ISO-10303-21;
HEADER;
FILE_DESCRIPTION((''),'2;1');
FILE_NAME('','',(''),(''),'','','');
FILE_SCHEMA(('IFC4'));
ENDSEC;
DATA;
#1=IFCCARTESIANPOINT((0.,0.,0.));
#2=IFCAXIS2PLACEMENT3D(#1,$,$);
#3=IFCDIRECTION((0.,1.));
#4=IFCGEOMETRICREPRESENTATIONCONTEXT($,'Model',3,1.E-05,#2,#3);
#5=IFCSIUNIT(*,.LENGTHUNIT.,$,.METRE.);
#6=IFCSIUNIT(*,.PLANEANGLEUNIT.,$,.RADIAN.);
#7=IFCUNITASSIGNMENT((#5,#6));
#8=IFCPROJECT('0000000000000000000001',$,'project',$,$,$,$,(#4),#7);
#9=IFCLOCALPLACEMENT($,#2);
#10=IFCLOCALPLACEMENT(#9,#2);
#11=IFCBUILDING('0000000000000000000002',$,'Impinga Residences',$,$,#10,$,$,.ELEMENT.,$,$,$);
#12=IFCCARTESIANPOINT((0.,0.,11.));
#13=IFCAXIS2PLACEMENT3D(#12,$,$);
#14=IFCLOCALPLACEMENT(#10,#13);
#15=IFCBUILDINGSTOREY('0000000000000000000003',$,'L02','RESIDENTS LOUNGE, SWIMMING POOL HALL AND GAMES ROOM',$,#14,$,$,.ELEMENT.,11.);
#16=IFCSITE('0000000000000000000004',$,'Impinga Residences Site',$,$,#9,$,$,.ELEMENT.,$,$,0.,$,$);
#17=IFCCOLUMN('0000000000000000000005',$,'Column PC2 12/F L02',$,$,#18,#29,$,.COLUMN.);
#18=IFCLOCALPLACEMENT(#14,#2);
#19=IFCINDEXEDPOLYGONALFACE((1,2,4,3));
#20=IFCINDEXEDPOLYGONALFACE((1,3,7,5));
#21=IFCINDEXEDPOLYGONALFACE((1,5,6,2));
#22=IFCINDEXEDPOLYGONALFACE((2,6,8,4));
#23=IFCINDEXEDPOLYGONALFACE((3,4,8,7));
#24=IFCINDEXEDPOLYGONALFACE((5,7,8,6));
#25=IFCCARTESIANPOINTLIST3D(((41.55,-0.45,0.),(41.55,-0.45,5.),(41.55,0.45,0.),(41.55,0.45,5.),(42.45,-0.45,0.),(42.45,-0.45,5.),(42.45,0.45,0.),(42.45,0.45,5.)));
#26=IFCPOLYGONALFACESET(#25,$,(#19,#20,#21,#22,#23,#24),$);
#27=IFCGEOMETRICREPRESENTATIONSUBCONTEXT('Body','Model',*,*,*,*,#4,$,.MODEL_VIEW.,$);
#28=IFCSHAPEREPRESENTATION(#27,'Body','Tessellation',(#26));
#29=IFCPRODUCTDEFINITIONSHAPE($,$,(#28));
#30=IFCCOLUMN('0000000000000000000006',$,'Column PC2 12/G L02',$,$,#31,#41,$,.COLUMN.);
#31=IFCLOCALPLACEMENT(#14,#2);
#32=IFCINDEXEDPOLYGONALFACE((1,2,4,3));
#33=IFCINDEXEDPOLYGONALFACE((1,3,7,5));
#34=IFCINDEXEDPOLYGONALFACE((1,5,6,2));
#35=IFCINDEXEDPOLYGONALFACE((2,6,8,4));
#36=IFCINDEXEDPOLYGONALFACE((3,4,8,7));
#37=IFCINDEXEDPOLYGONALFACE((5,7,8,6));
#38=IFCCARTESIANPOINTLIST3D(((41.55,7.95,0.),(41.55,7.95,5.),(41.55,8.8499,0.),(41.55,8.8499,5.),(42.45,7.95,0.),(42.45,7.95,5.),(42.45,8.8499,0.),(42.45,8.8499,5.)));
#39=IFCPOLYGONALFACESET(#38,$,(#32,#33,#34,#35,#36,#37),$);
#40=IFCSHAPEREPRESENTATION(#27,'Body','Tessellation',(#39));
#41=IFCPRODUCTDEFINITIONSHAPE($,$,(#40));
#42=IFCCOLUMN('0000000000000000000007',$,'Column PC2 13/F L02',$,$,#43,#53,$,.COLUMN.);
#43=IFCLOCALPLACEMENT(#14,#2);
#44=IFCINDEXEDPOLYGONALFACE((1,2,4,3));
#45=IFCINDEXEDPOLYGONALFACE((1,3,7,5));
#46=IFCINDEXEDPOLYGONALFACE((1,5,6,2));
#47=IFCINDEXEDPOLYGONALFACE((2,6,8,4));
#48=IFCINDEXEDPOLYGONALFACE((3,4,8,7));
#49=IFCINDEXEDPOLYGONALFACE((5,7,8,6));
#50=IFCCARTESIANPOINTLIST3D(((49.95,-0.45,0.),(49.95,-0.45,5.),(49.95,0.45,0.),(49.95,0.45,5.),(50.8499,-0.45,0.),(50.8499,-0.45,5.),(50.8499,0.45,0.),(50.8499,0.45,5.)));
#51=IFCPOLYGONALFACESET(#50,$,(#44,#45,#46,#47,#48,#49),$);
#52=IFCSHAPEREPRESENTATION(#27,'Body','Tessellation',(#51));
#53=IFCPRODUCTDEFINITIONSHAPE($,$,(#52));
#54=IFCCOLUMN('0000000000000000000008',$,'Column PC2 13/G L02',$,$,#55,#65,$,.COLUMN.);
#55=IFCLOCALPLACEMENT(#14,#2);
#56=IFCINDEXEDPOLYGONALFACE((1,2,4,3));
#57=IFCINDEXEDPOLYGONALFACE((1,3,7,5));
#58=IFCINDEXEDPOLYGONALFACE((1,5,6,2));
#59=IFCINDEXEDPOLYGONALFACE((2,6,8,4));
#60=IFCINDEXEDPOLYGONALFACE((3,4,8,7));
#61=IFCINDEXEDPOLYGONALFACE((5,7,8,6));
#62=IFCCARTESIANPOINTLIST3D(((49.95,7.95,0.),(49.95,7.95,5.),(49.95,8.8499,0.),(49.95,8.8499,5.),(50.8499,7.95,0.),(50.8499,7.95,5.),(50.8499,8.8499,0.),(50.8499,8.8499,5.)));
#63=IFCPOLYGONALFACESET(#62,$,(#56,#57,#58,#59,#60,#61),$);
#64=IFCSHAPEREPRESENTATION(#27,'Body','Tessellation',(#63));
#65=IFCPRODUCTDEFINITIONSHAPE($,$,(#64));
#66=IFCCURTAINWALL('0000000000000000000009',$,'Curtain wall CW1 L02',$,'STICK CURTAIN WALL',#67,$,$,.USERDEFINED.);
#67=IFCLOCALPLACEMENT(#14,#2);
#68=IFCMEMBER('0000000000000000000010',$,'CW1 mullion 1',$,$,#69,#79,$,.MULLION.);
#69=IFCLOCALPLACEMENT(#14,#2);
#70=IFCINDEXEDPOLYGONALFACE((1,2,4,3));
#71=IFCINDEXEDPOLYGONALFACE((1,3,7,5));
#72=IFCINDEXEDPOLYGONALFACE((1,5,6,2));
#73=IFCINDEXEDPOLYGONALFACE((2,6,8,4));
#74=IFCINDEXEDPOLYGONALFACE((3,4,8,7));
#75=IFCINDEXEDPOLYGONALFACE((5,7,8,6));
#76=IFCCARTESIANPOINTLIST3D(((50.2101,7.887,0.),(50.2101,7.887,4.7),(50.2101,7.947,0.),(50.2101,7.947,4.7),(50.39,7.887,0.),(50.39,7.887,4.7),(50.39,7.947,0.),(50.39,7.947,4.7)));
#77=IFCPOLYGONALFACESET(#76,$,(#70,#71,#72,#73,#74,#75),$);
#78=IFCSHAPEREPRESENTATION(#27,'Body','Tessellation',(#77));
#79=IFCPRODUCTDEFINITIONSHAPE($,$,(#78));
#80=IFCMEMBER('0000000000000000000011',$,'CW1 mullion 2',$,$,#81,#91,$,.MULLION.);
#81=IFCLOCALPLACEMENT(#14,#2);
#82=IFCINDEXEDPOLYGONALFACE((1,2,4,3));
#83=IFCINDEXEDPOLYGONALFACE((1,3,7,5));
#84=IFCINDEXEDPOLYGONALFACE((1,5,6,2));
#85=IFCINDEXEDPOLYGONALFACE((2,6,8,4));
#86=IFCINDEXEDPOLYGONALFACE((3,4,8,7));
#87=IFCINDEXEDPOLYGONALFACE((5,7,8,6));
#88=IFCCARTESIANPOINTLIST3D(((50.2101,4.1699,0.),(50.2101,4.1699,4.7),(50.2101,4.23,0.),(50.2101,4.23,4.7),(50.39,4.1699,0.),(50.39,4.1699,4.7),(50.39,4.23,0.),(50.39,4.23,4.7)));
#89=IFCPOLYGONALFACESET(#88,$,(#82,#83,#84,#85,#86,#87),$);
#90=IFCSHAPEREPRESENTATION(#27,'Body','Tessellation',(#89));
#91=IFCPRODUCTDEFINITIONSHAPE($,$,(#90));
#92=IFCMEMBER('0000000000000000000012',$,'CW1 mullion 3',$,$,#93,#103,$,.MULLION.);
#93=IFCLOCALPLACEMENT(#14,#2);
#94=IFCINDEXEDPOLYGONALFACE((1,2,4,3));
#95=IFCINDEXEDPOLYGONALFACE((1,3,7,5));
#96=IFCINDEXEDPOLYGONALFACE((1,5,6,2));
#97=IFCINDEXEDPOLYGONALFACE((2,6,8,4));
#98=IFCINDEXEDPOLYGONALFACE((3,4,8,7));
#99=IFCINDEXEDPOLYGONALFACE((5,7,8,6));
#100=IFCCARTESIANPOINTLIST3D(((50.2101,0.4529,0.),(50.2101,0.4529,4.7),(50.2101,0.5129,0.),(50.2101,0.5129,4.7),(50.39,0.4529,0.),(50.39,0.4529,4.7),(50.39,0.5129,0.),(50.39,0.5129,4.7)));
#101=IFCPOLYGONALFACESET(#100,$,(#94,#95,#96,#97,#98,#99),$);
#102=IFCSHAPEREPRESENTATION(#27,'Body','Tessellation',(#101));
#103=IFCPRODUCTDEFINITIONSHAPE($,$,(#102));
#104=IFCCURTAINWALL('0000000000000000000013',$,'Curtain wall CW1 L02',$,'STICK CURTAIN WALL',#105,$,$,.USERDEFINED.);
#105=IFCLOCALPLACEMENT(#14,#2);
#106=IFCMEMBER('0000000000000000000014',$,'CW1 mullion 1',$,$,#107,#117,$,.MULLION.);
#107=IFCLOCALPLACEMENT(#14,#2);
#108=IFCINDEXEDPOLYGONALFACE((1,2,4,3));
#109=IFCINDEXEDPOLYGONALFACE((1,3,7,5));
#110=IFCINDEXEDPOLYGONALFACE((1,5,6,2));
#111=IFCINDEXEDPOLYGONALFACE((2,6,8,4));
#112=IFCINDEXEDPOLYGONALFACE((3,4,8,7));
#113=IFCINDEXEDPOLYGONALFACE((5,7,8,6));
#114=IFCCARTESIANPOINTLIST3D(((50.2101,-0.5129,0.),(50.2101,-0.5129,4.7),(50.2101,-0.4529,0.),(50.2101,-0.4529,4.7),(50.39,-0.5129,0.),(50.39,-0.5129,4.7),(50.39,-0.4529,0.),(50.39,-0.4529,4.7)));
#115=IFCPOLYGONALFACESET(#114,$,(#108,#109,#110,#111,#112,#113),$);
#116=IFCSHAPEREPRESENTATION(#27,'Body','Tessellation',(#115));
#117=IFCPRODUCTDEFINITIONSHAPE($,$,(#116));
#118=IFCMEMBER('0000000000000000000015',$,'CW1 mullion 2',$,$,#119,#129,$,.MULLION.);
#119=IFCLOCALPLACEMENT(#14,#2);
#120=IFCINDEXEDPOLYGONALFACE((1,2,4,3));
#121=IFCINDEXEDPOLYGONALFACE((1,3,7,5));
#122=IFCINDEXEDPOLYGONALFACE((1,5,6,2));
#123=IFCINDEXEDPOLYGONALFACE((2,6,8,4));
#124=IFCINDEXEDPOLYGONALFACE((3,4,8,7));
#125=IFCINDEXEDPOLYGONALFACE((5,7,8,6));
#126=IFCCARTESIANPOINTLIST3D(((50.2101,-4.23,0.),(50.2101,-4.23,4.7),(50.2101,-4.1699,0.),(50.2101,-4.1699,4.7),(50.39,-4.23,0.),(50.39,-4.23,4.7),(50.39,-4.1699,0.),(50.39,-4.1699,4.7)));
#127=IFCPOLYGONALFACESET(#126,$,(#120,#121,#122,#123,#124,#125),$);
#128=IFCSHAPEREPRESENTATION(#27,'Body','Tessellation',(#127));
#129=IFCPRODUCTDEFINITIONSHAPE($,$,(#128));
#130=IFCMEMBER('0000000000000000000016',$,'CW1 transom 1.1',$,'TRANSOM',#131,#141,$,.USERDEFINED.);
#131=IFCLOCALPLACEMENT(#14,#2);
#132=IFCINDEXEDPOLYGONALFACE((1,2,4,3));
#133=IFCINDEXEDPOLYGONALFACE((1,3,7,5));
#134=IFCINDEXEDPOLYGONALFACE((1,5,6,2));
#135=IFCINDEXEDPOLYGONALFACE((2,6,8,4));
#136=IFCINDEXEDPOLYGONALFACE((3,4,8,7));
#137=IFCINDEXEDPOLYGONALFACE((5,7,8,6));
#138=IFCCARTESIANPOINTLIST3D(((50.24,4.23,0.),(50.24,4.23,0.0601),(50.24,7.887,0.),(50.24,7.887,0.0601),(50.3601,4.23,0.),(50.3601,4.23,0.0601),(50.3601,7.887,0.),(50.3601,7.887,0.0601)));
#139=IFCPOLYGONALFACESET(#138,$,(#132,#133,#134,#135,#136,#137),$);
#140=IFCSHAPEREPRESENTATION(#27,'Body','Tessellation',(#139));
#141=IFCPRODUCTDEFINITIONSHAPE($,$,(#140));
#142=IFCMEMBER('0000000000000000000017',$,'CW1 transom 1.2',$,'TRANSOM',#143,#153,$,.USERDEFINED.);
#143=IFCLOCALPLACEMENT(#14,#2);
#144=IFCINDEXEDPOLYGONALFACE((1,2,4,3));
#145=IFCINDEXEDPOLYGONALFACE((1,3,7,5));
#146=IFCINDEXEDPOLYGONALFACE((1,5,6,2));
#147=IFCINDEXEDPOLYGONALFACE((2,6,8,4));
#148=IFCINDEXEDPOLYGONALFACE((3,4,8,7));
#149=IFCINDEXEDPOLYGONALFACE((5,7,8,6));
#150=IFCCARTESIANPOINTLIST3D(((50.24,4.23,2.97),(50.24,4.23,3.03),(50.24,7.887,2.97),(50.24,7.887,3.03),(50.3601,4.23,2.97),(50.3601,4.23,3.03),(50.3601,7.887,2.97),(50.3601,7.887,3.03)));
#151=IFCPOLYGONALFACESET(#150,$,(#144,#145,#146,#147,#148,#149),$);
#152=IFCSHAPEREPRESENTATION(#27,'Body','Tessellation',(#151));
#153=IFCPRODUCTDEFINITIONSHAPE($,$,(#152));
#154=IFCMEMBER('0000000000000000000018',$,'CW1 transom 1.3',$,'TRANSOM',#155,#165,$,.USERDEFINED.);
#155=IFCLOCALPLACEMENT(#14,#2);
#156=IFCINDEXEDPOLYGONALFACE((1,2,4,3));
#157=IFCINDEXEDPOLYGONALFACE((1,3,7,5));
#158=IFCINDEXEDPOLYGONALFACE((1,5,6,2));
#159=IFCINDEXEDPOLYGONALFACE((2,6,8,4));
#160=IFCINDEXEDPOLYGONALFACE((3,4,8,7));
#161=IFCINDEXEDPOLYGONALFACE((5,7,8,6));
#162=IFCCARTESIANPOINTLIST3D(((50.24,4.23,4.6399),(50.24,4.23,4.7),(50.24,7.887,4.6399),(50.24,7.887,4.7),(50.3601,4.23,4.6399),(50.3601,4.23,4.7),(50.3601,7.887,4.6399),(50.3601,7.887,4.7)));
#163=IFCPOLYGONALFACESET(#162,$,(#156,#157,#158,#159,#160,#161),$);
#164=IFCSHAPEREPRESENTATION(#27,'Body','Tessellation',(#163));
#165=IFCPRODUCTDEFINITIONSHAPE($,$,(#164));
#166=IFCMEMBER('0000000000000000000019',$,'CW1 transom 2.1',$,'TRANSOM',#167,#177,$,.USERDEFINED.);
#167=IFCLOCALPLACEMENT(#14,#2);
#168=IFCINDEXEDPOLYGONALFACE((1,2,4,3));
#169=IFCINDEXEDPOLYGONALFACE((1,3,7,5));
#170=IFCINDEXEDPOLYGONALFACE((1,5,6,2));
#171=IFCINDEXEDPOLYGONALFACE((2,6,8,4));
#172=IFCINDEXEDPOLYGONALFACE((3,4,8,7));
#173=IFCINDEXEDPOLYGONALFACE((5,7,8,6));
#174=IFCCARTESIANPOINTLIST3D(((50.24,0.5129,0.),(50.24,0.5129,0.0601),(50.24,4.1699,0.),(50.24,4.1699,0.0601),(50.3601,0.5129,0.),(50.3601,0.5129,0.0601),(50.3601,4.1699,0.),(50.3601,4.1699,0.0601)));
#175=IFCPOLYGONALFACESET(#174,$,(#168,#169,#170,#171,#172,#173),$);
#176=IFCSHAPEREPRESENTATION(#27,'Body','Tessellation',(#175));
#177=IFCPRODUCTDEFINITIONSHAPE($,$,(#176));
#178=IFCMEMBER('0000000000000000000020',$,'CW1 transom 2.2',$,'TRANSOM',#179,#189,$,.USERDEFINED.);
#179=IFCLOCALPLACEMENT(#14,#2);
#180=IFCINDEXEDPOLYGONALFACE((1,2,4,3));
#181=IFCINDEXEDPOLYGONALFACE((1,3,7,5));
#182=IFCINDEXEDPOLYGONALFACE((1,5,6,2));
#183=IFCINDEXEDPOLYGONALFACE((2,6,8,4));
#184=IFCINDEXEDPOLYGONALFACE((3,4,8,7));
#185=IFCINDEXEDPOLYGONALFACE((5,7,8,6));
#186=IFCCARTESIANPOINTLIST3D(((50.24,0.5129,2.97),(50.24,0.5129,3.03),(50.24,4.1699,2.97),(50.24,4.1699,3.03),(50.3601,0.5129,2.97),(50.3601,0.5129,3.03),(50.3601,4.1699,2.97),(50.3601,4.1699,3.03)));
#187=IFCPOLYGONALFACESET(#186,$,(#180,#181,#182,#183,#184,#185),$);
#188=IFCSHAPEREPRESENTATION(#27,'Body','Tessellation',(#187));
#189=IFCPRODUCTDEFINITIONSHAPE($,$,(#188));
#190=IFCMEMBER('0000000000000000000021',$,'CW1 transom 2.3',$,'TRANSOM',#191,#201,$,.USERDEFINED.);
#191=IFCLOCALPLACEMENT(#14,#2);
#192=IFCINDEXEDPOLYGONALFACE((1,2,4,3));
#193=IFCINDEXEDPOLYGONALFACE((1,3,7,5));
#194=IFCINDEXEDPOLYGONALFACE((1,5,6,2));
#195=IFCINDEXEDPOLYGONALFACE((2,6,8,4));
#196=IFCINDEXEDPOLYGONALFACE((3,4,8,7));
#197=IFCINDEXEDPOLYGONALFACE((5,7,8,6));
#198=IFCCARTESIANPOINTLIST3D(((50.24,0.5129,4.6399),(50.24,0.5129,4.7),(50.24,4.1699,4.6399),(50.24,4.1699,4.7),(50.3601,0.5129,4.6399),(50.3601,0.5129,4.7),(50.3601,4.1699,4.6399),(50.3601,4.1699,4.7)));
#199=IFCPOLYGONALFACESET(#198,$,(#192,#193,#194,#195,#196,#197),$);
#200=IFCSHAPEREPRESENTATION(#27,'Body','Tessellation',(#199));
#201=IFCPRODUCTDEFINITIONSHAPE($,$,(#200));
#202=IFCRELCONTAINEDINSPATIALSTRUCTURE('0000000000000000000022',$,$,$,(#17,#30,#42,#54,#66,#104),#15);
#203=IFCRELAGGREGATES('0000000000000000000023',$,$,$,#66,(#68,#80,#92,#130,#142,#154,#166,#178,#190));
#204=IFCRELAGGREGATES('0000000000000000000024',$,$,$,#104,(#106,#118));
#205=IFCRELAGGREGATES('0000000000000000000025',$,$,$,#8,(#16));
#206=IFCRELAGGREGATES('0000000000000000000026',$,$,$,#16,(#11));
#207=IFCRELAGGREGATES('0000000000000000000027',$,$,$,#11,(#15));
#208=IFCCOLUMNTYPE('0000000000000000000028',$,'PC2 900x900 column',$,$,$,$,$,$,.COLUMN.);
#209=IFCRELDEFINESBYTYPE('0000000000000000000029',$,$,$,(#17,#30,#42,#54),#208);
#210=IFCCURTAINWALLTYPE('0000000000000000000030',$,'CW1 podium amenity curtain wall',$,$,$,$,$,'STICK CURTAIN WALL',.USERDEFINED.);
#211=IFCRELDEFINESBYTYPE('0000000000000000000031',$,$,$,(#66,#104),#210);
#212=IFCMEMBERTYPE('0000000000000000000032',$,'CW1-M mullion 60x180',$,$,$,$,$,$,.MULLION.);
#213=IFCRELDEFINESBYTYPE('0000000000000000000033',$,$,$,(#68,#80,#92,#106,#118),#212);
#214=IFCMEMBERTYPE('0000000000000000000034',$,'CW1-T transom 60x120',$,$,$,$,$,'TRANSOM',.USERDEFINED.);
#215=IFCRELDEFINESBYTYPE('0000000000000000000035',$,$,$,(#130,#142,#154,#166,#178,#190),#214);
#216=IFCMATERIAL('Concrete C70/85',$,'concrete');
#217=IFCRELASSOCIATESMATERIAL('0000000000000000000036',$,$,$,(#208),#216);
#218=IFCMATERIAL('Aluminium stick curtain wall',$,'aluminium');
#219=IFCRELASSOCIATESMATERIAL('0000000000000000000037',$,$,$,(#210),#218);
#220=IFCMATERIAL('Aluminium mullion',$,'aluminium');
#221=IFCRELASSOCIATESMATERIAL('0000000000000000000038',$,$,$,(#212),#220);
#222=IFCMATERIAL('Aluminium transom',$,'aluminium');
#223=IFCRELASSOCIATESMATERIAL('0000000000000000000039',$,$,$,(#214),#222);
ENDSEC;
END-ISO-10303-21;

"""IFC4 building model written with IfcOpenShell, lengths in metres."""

from ifc_helpers import new_model, si_unit, direction, frame, origin, origin_2d, place, context, subcontext, project, spatial, rectangle, extrude, material, material_profile, profile_set, type_object, element, aggregate, save


model = new_model("IFC4")

# Units and contexts
model_context = context("Model", 3, precision=1e-05, world=origin(), true_north=direction((0.0, 1.0)))
body_context = subcontext(model_context, "Body", "Model", "MODEL_VIEW")
ifc_project = project(units=[si_unit("LENGTHUNIT", "METRE"), si_unit("PLANEANGLEUNIT", "RADIAN")], contexts=[model_context])

# Site, building, storey
site_placement = place(None, origin())
site = spatial("IfcSite", under=ifc_project, at=site_placement, Name="Impinga Residences Site", CompositionType="ELEMENT", RefElevation=0.0)
building_placement = place(site_placement, origin())
building = spatial("IfcBuilding", under=site, at=building_placement, Name="Impinga Residences", CompositionType="ELEMENT")
storey_placement = place(building_placement, frame((0.0, 0.0, 11.0)))
storey = spatial("IfcBuildingStorey", under=building, at=storey_placement, Name="L02", Description="RESIDENTS LOUNGE, SWIMMING POOL HALL AND GAMES ROOM", CompositionType="ELEMENT", Elevation=11.0)

# Columns
ifc_material_1 = material(Name="Concrete C70/85", Category="concrete")
ifc_material_profile_1 = material_profile(ifc_material_1, rectangle(XDim=0.8999, YDim=0.8999, at=origin_2d()), Name="RC 900x900")
ifc_profile_set_1 = profile_set([ifc_material_profile_1], Name="Concrete C70/85")
column_type = type_object("IfcColumnType", Name="PC2 900x900 column", PredefinedType="COLUMN", material=ifc_profile_set_1)
for number, where, z_axis, x_axis, name in (
    (1, (42.0, 0.0, 0.0), (0.0, 0.0, 1.0), (1.0, 0.0, 0.0), "Column PC2 12/F L02"),
    (2, (42.0, 8.3999, 0.0), (0.0, 0.0, 1.0), (1.0, 0.0, 0.0), "Column PC2 12/G L02"),
    (3, (50.3999, 0.0, 0.0), (0.0, 0.0, 1.0), (1.0, 0.0, 0.0), "Column PC2 13/F L02"),
    (4, (50.3999, 8.3999, 0.0), (0.0, 0.0, 1.0), (1.0, 0.0, 0.0), "Column PC2 13/G L02"),
):
    element("IfcColumn", number, at=place(storey_placement, frame(where, z_axis=z_axis, x_axis=x_axis)), inside=storey, type_object=column_type, Name=name, PredefinedType="COLUMN", context=body_context, shape_type="SweptSolid", body=[
        extrude(rectangle(XDim=0.8999, YDim=0.8999, at=origin_2d()), origin(), (0.0, 0.0, 1.0), 5.0),
    ])

# Curtain walls, members
ifc_material_2 = material(Name="Aluminium stick curtain wall", Category="aluminium")
curtain_wall_type = type_object("IfcCurtainWallType", Name="CW1 podium amenity curtain wall", ElementType="STICK CURTAIN WALL", PredefinedType="USERDEFINED", material=ifc_material_2)
curtain_wall_1_placement = place(storey_placement, origin())
curtain_wall_1 = element("IfcCurtainWall", 5, at=curtain_wall_1_placement, inside=storey, type_object=curtain_wall_type, Name="Curtain wall CW1 L02", ObjectType="STICK CURTAIN WALL", PredefinedType="USERDEFINED")
ifc_material_3 = material(Name="Aluminium mullion", Category="aluminium")
ifc_material_profile_2 = material_profile(ifc_material_3, rectangle(XDim=0.0601, YDim=0.1799, at=origin_2d()), Name="60x180 mullion")
ifc_profile_set_2 = profile_set([ifc_material_profile_2], Name="Aluminium mullion")
member_type_1 = type_object("IfcMemberType", Name="CW1-M mullion 60x180", PredefinedType="MULLION", material=ifc_profile_set_2)
member_1_placement = place(storey_placement, frame((50.3, 7.917, 0.0), z_axis=(0.0, 0.0, 1.0), x_axis=(0.0, -1.0, 0.0)))
member_1 = element("IfcMember", 6, at=member_1_placement, type_object=member_type_1, Name="CW1 mullion 1", PredefinedType="MULLION", context=body_context, shape_type="SweptSolid", body=[
    extrude(rectangle(XDim=0.0601, YDim=0.1799, at=origin_2d()), origin(), (0.0, 0.0, 1.0), 4.7),
])
member_2_placement = place(storey_placement, frame((50.3, 4.2, 0.0), z_axis=(0.0, 0.0, 1.0), x_axis=(0.0, -1.0, 0.0)))
member_2 = element("IfcMember", 7, at=member_2_placement, type_object=member_type_1, Name="CW1 mullion 2", PredefinedType="MULLION", context=body_context, shape_type="SweptSolid", body=[
    extrude(rectangle(XDim=0.0601, YDim=0.1799, at=origin_2d()), origin(), (0.0, 0.0, 1.0), 4.7),
])
member_3_placement = place(storey_placement, frame((50.3, 0.4829, 0.0), z_axis=(0.0, 0.0, 1.0), x_axis=(0.0, -1.0, 0.0)))
member_3 = element("IfcMember", 8, at=member_3_placement, type_object=member_type_1, Name="CW1 mullion 3", PredefinedType="MULLION", context=body_context, shape_type="SweptSolid", body=[
    extrude(rectangle(XDim=0.0601, YDim=0.1799, at=origin_2d()), origin(), (0.0, 0.0, 1.0), 4.7),
])
curtain_wall_2_placement = place(storey_placement, origin())
curtain_wall_2 = element("IfcCurtainWall", 9, at=curtain_wall_2_placement, inside=storey, type_object=curtain_wall_type, Name="Curtain wall CW1 L02", ObjectType="STICK CURTAIN WALL", PredefinedType="USERDEFINED")
member_4_placement = place(storey_placement, frame((50.3, -0.4829, 0.0), z_axis=(0.0, 0.0, 1.0), x_axis=(0.0, -1.0, 0.0)))
member_4 = element("IfcMember", 10, at=member_4_placement, type_object=member_type_1, Name="CW1 mullion 1", PredefinedType="MULLION", context=body_context, shape_type="SweptSolid", body=[
    extrude(rectangle(XDim=0.0601, YDim=0.1799, at=origin_2d()), origin(), (0.0, 0.0, 1.0), 4.7),
])
member_5_placement = place(storey_placement, frame((50.3, -4.2, 0.0), z_axis=(0.0, 0.0, 1.0), x_axis=(0.0, -1.0, 0.0)))
member_5 = element("IfcMember", 11, at=member_5_placement, type_object=member_type_1, Name="CW1 mullion 2", PredefinedType="MULLION", context=body_context, shape_type="SweptSolid", body=[
    extrude(rectangle(XDim=0.0601, YDim=0.1799, at=origin_2d()), origin(), (0.0, 0.0, 1.0), 4.7),
])

# Members
ifc_material_4 = material(Name="Aluminium transom", Category="aluminium")
ifc_material_profile_3 = material_profile(ifc_material_4, rectangle(XDim=0.0601, YDim=0.1201, at=origin_2d()), Name="60x120 transom")
ifc_profile_set_3 = profile_set([ifc_material_profile_3], Name="Aluminium transom")
member_type_2 = type_object("IfcMemberType", Name="CW1-T transom 60x120", ElementType="TRANSOM", PredefinedType="USERDEFINED", material=ifc_profile_set_3)
member_6_placement = place(storey_placement, frame((50.3, 7.887, 0.03), z_axis=(0.0, -1.0, 0.0), x_axis=(0.0, 0.0, 1.0)))
member_6 = element("IfcMember", 12, at=member_6_placement, type_object=member_type_2, Name="CW1 transom 1.1", ObjectType="TRANSOM", PredefinedType="USERDEFINED", context=body_context, shape_type="SweptSolid", body=[
    extrude(rectangle(XDim=0.0601, YDim=0.1201, at=origin_2d()), origin(), (0.0, 0.0, 1.0), 3.657),
])
member_7_placement = place(storey_placement, frame((50.3, 7.887, 3.0), z_axis=(0.0, -1.0, 0.0), x_axis=(0.0, 0.0, 1.0)))
member_7 = element("IfcMember", 13, at=member_7_placement, type_object=member_type_2, Name="CW1 transom 1.2", ObjectType="TRANSOM", PredefinedType="USERDEFINED", context=body_context, shape_type="SweptSolid", body=[
    extrude(rectangle(XDim=0.0601, YDim=0.1201, at=origin_2d()), origin(), (0.0, 0.0, 1.0), 3.657),
])
member_8_placement = place(storey_placement, frame((50.3, 7.887, 4.6699), z_axis=(0.0, -1.0, 0.0), x_axis=(0.0, 0.0, 1.0)))
member_8 = element("IfcMember", 14, at=member_8_placement, type_object=member_type_2, Name="CW1 transom 1.3", ObjectType="TRANSOM", PredefinedType="USERDEFINED", context=body_context, shape_type="SweptSolid", body=[
    extrude(rectangle(XDim=0.0601, YDim=0.1201, at=origin_2d()), origin(), (0.0, 0.0, 1.0), 3.657),
])
member_9_placement = place(storey_placement, frame((50.3, 4.1699, 0.03), z_axis=(0.0, -1.0, 0.0), x_axis=(0.0, 0.0, 1.0)))
member_9 = element("IfcMember", 15, at=member_9_placement, type_object=member_type_2, Name="CW1 transom 2.1", ObjectType="TRANSOM", PredefinedType="USERDEFINED", context=body_context, shape_type="SweptSolid", body=[
    extrude(rectangle(XDim=0.0601, YDim=0.1201, at=origin_2d()), origin(), (0.0, 0.0, 1.0), 3.657),
])
member_10_placement = place(storey_placement, frame((50.3, 4.1699, 3.0), z_axis=(0.0, -1.0, 0.0), x_axis=(0.0, 0.0, 1.0)))
member_10 = element("IfcMember", 16, at=member_10_placement, type_object=member_type_2, Name="CW1 transom 2.2", ObjectType="TRANSOM", PredefinedType="USERDEFINED", context=body_context, shape_type="SweptSolid", body=[
    extrude(rectangle(XDim=0.0601, YDim=0.1201, at=origin_2d()), origin(), (0.0, 0.0, 1.0), 3.657),
])
member_11_placement = place(storey_placement, frame((50.3, 4.1699, 4.6699), z_axis=(0.0, -1.0, 0.0), x_axis=(0.0, 0.0, 1.0)))
member_11 = element("IfcMember", 17, at=member_11_placement, type_object=member_type_2, Name="CW1 transom 2.3", ObjectType="TRANSOM", PredefinedType="USERDEFINED", context=body_context, shape_type="SweptSolid", body=[
    extrude(rectangle(XDim=0.0601, YDim=0.1201, at=origin_2d()), origin(), (0.0, 0.0, 1.0), 3.657),
])

aggregate(curtain_wall_1, [member_1, member_2, member_3, member_6, member_7, member_8, member_9, member_10, member_11])
aggregate(curtain_wall_2, [member_4, member_5])

save(model, "model.ifc")
